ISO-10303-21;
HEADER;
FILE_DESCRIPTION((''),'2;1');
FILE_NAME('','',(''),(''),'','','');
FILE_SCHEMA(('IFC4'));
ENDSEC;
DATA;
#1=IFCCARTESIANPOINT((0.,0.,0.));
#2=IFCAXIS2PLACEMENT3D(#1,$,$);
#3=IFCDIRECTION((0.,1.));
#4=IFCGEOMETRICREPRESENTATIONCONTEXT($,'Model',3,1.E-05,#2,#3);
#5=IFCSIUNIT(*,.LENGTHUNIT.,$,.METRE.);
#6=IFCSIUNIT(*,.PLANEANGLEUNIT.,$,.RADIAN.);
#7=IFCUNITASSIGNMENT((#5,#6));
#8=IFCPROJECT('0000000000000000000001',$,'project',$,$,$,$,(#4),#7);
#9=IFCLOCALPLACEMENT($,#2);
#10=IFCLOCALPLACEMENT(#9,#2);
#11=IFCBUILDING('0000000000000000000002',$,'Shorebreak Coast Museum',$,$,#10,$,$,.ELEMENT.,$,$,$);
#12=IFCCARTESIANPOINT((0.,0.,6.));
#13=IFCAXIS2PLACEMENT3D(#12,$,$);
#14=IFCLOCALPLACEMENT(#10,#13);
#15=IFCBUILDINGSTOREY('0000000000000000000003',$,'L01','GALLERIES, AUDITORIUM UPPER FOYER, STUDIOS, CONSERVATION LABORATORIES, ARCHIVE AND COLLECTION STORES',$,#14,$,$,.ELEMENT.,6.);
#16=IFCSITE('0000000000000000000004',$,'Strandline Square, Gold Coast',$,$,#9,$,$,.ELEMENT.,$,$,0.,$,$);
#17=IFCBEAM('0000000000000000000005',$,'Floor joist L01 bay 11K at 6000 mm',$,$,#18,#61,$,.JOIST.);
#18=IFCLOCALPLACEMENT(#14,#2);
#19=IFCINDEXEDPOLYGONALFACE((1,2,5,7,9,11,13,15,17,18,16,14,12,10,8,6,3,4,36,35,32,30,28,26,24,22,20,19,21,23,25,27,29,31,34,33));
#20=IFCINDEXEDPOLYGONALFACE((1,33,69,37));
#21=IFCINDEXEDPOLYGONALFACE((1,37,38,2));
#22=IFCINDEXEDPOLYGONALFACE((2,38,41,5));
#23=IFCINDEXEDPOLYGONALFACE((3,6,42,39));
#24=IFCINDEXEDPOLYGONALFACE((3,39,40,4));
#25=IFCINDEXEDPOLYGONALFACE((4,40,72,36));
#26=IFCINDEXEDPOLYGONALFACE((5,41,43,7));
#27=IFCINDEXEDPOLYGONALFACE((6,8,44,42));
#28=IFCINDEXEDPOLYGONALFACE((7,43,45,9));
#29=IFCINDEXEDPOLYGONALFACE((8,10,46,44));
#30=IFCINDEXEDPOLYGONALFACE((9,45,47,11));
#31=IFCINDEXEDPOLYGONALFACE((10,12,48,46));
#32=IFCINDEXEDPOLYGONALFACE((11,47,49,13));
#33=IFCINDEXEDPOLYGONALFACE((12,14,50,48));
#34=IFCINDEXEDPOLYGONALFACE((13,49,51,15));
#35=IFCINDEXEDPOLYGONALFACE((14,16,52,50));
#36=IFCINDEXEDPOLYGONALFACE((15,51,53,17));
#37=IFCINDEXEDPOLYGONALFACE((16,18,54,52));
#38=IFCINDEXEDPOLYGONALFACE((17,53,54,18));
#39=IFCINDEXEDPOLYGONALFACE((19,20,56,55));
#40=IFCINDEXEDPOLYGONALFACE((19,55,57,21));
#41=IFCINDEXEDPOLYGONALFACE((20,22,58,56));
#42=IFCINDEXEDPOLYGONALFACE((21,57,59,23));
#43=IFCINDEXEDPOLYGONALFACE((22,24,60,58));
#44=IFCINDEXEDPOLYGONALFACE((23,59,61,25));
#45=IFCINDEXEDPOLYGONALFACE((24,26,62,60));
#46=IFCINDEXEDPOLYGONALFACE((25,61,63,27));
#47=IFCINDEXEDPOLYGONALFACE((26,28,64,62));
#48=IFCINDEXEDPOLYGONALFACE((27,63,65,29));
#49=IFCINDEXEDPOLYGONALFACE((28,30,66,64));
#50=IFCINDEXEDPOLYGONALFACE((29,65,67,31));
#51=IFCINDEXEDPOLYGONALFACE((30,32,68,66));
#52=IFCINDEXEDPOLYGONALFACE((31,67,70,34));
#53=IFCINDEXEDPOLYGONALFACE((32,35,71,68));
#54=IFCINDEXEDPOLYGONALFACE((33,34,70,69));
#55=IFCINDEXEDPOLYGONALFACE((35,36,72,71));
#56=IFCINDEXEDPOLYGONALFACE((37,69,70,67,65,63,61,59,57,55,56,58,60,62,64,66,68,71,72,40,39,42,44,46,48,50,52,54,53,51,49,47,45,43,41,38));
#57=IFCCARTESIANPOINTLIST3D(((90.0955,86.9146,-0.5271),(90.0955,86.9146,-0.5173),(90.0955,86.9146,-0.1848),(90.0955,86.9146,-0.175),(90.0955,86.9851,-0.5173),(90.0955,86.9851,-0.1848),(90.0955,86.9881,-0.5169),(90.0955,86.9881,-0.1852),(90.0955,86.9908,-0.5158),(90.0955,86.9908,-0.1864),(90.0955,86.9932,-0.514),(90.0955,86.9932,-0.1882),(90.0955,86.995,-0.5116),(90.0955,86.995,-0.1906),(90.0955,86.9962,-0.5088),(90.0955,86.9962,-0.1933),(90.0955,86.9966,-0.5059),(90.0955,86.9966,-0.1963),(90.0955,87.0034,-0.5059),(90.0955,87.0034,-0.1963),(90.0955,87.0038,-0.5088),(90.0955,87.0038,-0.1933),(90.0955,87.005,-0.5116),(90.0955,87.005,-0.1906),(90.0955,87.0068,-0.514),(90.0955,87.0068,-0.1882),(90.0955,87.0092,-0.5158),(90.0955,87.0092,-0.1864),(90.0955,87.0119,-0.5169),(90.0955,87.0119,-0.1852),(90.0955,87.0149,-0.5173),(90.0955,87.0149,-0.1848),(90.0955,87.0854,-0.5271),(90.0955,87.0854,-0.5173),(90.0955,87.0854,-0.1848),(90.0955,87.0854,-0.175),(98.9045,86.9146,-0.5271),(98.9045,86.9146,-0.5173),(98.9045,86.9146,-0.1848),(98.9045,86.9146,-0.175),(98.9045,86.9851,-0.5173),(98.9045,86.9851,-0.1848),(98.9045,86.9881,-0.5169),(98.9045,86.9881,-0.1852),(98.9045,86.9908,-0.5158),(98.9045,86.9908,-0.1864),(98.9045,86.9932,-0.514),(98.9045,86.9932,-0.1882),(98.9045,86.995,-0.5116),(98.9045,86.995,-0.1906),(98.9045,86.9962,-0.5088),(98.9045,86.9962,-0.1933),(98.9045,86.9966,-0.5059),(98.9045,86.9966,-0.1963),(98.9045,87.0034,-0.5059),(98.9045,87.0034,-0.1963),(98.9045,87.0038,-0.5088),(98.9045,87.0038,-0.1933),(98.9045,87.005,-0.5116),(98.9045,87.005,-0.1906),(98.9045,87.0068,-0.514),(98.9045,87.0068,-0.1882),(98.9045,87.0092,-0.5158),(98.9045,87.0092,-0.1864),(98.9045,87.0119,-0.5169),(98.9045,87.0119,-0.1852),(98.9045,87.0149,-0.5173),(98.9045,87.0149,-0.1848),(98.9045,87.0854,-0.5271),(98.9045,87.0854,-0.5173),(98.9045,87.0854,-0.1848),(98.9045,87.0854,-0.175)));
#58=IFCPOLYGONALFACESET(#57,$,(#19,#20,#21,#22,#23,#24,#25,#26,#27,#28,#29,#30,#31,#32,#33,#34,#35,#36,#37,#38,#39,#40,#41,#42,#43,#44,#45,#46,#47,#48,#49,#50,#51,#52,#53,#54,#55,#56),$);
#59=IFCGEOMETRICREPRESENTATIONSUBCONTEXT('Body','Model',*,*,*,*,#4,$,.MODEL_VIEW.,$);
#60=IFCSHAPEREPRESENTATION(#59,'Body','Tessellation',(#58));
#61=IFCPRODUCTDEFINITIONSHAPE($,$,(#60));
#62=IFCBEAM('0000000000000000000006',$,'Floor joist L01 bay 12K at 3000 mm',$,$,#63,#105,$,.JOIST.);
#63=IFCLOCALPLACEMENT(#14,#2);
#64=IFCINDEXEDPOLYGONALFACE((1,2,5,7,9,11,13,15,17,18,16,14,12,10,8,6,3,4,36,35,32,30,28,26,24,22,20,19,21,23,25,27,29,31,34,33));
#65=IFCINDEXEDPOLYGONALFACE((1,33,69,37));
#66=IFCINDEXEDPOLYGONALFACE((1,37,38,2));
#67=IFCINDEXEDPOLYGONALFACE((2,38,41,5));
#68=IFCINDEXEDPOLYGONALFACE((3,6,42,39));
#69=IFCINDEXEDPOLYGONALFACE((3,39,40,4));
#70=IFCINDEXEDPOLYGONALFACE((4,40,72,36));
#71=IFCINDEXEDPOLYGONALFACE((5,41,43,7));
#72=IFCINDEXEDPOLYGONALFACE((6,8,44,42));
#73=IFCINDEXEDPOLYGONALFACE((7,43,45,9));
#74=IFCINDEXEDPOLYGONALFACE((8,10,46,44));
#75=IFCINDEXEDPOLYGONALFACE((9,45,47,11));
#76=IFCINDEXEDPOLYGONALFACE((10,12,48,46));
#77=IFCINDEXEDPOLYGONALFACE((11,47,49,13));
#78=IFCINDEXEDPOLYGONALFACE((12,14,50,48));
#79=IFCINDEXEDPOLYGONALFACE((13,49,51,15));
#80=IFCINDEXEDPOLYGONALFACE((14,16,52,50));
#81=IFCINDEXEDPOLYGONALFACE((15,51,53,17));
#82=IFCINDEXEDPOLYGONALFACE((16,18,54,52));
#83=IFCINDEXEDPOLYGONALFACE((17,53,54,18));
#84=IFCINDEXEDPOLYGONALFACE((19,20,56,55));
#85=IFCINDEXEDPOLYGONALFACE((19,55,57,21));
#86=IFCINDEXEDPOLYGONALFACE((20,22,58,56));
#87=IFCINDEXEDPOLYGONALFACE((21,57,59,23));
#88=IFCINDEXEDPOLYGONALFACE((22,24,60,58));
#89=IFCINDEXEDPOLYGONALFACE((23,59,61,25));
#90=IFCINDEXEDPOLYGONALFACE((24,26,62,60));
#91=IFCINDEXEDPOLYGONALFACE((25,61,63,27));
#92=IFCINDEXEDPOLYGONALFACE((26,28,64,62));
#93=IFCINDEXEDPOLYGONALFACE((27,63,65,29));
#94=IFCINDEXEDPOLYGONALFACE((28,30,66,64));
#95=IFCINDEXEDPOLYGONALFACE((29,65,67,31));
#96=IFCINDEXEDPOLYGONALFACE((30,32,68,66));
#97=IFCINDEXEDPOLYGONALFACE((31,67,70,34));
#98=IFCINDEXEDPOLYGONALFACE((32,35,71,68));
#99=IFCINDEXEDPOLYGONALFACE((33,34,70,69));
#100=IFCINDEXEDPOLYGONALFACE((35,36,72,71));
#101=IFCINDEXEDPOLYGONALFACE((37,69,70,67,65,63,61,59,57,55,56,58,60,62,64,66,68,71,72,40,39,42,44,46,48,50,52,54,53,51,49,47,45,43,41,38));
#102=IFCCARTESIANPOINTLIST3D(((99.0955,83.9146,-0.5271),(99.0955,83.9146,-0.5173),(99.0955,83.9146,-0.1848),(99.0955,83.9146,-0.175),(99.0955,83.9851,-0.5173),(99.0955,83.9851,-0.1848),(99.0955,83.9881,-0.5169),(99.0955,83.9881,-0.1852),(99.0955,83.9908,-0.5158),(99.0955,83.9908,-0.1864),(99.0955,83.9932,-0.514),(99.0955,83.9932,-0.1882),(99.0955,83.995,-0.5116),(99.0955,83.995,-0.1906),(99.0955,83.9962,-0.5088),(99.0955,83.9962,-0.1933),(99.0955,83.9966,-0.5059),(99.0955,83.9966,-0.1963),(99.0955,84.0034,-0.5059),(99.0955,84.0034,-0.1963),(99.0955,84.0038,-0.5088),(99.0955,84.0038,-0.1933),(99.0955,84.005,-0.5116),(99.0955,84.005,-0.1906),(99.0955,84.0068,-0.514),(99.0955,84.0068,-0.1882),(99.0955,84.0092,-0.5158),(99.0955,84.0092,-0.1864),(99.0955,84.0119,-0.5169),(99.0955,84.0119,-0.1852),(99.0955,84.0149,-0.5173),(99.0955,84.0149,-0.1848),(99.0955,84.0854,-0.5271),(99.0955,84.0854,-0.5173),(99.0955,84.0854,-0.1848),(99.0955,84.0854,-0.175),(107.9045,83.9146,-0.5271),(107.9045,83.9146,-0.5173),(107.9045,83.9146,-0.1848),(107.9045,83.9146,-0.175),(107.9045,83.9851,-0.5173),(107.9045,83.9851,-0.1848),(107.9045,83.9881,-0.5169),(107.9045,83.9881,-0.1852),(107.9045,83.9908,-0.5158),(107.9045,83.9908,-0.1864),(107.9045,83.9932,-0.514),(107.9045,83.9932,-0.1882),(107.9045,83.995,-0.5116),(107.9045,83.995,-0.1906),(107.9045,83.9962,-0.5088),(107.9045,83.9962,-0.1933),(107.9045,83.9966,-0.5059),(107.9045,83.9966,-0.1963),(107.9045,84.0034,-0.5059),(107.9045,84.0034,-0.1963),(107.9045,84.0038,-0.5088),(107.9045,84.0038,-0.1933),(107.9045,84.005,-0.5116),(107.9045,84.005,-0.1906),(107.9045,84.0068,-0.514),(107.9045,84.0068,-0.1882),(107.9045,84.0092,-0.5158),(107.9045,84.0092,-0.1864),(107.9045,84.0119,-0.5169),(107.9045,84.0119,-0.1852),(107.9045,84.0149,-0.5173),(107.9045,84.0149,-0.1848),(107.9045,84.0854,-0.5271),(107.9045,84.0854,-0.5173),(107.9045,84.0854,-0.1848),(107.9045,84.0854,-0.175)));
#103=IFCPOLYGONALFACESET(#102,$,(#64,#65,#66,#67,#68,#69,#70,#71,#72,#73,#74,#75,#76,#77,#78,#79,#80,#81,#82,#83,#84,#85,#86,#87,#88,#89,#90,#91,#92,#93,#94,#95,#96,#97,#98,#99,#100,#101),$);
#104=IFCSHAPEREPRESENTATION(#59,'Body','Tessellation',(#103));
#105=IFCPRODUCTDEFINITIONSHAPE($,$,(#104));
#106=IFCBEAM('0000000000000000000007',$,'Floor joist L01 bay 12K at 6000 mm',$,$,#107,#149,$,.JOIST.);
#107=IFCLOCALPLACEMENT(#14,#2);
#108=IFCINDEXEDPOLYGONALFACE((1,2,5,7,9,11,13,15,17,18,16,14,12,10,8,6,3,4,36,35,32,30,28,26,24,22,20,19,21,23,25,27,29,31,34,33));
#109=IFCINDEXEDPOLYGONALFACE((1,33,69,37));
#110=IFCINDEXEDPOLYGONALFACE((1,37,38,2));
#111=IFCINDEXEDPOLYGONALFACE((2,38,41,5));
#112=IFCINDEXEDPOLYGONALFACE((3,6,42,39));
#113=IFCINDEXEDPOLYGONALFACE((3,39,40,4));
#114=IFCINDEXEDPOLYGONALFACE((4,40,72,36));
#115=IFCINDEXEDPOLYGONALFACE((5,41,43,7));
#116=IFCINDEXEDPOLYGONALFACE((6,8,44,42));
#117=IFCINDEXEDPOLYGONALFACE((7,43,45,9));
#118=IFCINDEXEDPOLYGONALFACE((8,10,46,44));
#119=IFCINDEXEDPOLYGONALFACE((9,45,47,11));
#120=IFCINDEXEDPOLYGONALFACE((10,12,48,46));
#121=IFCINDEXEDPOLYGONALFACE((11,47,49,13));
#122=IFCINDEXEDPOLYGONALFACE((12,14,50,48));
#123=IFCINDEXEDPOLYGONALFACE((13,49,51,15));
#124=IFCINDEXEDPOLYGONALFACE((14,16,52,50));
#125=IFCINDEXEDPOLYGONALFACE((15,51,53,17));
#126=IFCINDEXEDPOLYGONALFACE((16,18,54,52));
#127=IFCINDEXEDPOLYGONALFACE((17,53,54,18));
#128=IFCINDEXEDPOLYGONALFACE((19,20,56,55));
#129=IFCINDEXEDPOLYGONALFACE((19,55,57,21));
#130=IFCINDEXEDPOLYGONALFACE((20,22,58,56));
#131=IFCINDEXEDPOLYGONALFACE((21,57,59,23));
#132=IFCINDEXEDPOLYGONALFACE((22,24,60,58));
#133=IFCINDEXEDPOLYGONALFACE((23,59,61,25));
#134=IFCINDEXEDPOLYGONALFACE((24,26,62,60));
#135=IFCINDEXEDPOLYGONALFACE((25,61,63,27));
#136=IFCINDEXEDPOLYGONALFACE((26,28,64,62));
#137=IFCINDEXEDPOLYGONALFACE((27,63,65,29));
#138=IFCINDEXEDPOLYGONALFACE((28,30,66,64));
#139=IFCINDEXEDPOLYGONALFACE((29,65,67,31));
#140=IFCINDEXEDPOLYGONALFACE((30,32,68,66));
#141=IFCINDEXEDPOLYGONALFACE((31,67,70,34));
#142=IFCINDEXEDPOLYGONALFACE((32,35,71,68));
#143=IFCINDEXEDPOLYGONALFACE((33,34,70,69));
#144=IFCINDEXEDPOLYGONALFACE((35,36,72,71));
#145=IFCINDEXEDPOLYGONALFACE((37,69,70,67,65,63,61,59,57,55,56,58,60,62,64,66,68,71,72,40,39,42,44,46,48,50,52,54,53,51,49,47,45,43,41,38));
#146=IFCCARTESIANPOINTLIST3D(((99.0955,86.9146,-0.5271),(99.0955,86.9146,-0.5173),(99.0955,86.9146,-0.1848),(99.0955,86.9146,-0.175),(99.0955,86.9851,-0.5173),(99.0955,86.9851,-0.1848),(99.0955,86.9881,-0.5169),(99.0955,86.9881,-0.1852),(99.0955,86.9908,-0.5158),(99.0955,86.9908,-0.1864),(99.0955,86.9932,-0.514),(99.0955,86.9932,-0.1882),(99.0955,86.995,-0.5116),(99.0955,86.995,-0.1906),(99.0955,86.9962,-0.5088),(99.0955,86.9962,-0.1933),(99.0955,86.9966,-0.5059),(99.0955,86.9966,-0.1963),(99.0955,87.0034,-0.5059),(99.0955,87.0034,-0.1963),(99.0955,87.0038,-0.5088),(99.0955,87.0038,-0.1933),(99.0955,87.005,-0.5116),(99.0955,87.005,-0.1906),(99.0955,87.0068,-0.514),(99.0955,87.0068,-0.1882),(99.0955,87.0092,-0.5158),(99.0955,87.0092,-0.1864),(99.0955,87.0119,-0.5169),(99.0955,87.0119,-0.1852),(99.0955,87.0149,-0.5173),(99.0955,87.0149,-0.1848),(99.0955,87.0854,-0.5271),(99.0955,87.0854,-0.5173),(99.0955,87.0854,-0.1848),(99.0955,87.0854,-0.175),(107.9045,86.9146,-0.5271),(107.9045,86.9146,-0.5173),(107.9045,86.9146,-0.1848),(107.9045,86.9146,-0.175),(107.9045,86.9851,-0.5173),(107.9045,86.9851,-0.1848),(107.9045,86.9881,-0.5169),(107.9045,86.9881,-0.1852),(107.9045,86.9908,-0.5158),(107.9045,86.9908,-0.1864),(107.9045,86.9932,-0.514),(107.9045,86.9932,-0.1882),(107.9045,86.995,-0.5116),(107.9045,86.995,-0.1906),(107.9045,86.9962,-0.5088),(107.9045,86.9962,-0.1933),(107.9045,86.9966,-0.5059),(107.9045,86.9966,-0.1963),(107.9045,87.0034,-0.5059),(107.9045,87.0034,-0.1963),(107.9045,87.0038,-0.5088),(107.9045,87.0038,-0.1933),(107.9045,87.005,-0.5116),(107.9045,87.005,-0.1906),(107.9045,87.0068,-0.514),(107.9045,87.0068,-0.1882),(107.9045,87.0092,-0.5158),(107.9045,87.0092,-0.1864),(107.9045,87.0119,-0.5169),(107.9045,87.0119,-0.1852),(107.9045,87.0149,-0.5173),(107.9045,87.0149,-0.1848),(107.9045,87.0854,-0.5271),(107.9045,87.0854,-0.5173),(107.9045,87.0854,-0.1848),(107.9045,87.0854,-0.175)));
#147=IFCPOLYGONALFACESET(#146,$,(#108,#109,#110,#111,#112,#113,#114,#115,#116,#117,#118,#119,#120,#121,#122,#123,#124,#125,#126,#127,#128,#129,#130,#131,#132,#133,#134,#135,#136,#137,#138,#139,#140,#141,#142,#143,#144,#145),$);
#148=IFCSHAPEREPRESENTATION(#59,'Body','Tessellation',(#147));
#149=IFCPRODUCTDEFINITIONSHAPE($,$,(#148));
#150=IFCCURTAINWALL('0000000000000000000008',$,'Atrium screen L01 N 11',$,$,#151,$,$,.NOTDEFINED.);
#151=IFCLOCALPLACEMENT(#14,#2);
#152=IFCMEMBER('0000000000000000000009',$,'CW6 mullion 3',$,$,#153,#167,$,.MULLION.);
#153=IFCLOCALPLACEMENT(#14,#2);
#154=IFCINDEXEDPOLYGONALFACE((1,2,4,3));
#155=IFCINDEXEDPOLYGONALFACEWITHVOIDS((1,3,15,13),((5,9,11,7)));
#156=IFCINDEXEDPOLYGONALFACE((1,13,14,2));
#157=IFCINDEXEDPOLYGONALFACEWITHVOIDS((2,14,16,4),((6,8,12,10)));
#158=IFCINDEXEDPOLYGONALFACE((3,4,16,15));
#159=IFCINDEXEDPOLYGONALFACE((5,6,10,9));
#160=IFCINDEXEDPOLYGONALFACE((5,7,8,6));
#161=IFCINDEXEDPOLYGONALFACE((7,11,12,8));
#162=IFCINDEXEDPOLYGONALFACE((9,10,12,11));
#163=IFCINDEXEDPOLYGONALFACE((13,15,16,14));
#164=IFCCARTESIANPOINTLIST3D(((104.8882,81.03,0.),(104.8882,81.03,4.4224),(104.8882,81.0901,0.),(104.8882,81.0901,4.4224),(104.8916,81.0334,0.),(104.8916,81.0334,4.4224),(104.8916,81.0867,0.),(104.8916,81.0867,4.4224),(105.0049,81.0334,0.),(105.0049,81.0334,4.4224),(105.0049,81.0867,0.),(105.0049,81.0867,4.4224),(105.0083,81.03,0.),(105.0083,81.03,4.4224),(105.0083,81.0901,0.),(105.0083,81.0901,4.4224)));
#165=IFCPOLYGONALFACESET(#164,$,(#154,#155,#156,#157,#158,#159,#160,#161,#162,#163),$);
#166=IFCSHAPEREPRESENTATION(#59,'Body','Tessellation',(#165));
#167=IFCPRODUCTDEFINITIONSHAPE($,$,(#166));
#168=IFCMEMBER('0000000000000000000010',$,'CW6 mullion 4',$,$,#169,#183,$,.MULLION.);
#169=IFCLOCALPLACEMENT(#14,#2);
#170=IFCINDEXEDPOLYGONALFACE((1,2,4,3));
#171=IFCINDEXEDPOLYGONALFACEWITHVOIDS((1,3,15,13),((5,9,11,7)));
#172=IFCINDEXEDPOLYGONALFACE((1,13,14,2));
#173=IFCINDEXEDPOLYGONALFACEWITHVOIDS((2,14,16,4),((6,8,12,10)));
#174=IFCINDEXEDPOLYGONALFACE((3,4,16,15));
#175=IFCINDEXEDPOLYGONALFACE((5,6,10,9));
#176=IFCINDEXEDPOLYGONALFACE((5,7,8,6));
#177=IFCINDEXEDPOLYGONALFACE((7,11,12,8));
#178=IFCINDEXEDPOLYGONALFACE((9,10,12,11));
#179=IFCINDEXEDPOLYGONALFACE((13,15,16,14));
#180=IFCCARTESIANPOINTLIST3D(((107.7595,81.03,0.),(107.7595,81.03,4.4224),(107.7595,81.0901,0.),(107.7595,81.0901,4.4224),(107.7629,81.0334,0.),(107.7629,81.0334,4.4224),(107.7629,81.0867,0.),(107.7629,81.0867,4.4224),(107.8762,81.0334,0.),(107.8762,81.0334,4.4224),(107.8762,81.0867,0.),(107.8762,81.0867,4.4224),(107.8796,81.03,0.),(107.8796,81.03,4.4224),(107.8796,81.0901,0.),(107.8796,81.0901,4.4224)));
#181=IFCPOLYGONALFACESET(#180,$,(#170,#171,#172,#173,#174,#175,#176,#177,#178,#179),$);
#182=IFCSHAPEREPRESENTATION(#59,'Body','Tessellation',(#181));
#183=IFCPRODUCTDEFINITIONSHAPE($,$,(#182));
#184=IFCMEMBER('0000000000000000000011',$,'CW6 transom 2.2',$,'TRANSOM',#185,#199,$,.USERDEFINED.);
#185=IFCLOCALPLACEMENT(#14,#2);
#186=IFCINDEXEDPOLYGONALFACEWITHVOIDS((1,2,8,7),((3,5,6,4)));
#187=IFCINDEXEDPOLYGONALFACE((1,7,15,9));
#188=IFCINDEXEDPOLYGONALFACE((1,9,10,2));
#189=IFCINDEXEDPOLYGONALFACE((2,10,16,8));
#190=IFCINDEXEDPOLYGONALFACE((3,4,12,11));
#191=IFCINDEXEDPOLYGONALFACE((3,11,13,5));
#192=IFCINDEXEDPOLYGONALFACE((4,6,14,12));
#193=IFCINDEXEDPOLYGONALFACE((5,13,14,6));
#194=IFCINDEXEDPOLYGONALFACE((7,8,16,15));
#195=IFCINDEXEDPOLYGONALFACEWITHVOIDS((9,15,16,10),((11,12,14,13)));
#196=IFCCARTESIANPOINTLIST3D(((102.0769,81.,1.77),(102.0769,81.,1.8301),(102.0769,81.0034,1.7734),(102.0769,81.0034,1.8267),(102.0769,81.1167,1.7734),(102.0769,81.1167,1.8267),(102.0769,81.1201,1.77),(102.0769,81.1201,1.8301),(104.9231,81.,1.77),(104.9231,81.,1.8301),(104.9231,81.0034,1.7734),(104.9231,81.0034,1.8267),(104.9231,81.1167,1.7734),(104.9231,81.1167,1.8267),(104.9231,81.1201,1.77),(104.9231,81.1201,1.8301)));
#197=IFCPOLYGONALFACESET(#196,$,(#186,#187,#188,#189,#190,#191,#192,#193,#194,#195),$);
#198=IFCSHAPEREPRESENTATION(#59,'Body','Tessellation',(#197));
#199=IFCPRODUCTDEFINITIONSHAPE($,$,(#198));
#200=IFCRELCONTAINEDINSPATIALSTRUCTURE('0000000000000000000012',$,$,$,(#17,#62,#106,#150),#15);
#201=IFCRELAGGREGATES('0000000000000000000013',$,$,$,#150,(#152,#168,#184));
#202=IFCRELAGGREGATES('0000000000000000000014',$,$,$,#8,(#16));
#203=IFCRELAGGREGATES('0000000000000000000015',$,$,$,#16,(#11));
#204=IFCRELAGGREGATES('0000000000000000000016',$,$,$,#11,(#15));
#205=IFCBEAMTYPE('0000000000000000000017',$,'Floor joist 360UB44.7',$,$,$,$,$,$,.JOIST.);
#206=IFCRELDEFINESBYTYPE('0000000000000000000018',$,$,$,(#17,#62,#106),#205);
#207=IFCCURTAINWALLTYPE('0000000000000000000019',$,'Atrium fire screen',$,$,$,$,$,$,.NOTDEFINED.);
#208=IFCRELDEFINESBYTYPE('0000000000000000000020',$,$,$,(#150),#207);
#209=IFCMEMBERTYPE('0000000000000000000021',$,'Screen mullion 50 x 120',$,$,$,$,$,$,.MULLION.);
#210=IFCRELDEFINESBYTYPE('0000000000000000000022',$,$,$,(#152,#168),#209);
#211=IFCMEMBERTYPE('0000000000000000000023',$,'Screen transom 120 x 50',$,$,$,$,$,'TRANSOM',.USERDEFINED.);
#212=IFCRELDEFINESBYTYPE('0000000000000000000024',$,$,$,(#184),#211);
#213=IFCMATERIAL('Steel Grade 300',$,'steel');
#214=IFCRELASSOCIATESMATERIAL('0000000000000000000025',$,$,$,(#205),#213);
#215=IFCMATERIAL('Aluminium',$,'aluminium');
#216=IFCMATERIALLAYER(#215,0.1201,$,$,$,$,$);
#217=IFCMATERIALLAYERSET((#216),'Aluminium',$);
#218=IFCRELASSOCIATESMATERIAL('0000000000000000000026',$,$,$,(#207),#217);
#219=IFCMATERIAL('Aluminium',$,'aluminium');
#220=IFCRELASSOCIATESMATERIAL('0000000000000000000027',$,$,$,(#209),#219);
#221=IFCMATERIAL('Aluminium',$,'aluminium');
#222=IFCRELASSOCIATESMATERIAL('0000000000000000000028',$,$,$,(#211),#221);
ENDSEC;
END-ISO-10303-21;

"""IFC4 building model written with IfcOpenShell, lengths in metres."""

from ifc_helpers import new_model, si_unit, direction, frame, origin, origin_2d, place, context, subcontext, project, spatial, hollow_rectangle, i_section, extrude, material, layer, layer_set, material_profile, profile_set, type_object, element, aggregate, save


model = new_model("IFC4")

# Units and contexts
model_context = context("Model", 3, precision=1e-05, world=origin(), true_north=direction((0.0, 1.0)))
body_context = subcontext(model_context, "Body", "Model", "MODEL_VIEW")
ifc_project = project(units=[si_unit("LENGTHUNIT", "METRE"), si_unit("PLANEANGLEUNIT", "RADIAN")], contexts=[model_context])

# Site, building, storey
site_placement = place(None, origin())
site = spatial("IfcSite", under=ifc_project, at=site_placement, Name="Strandline Square, Gold Coast", CompositionType="ELEMENT", RefElevation=0.0)
building_placement = place(site_placement, origin())
building = spatial("IfcBuilding", under=site, at=building_placement, Name="Shorebreak Coast Museum", CompositionType="ELEMENT")
storey_placement = place(building_placement, frame((0.0, 0.0, 6.0)))
storey = spatial("IfcBuildingStorey", under=building, at=storey_placement, Name="L01", Description="GALLERIES, AUDITORIUM UPPER FOYER, STUDIOS, CONSERVATION LABORATORIES, ARCHIVE AND COLLECTION STORES", CompositionType="ELEMENT", Elevation=6.0)

# Beams
ifc_material_1 = material(Name="Steel Grade 300", Category="steel")
ifc_material_profile_1 = material_profile(ifc_material_1, i_section(OverallWidth=0.1709, OverallDepth=0.3521, WebThickness=0.0068, FlangeThickness=0.0098, FilletRadius=0.0115, at=origin_2d()), Name="360UB44.7")
ifc_profile_set_1 = profile_set([ifc_material_profile_1], Name="Steel Grade 300")
beam_type_1 = type_object("IfcBeamType", Name="Floor joist 360UB44.7", PredefinedType="JOIST", material=ifc_profile_set_1)
for number, where, z_axis, x_axis, name in (
    (1, (90.0955, 87.0, -0.3511), (1.0, 0.0, 0.0), (0.0, 1.0, 0.0), "Floor joist L01 bay 11K at 6000 mm"),
    (2, (99.0955, 84.0, -0.3511), (1.0, 0.0, 0.0), (0.0, 1.0, 0.0), "Floor joist L01 bay 12K at 3000 mm"),
    (3, (99.0955, 87.0, -0.3511), (1.0, 0.0, 0.0), (0.0, 1.0, 0.0), "Floor joist L01 bay 12K at 6000 mm"),
):
    element("IfcBeam", number, at=place(storey_placement, frame(where, z_axis=z_axis, x_axis=x_axis)), inside=storey, type_object=beam_type_1, Name=name, PredefinedType="JOIST", context=body_context, shape_type="SweptSolid", body=[
        extrude(i_section(OverallWidth=0.1709, OverallDepth=0.3521, WebThickness=0.0068, FlangeThickness=0.0098, FilletRadius=0.0115, at=origin_2d()), origin(), (0.0, 0.0, 1.0), 8.8091),
    ])

# Curtain wall, members
ifc_material_2 = material(Name="Aluminium", Category="aluminium")
ifc_layer_1 = layer(ifc_material_2, 0.1201)
ifc_layer_set_1 = layer_set([ifc_layer_1], Name="Aluminium")
curtain_wall_type = type_object("IfcCurtainWallType", Name="Atrium fire screen", PredefinedType="NOTDEFINED", material=ifc_layer_set_1)
curtain_wall_placement = place(storey_placement, origin())
curtain_wall = element("IfcCurtainWall", 4, at=curtain_wall_placement, inside=storey, type_object=curtain_wall_type, Name="Atrium screen L01 N 11", PredefinedType="NOTDEFINED")
ifc_material_3 = material(Name="Aluminium", Category="aluminium")
ifc_material_profile_2 = material_profile(ifc_material_3, hollow_rectangle(XDim=0.0601, YDim=0.1201, WallThickness=0.0034, at=origin_2d()), Name="AL 120x60 RHS")
ifc_profile_set_2 = profile_set([ifc_material_profile_2], Name="Aluminium")
member_type_1 = type_object("IfcMemberType", Name="Screen mullion 50 x 120", PredefinedType="MULLION", material=ifc_profile_set_2)
member_1_placement = place(storey_placement, frame((104.9482, 81.0601, 0.0), z_axis=(0.0, 0.0, 1.0), x_axis=(0.0, 1.0, 0.0)))
member_1 = element("IfcMember", 5, at=member_1_placement, type_object=member_type_1, Name="CW6 mullion 3", PredefinedType="MULLION", context=body_context, shape_type="SweptSolid", body=[
    extrude(hollow_rectangle(XDim=0.0601, YDim=0.1201, WallThickness=0.0034, at=origin_2d()), origin(), (0.0, 0.0, 1.0), 4.4224),
])
member_2_placement = place(storey_placement, frame((107.8196, 81.0601, 0.0), z_axis=(0.0, 0.0, 1.0), x_axis=(0.0, 1.0, 0.0)))
member_2 = element("IfcMember", 6, at=member_2_placement, type_object=member_type_1, Name="CW6 mullion 4", PredefinedType="MULLION", context=body_context, shape_type="SweptSolid", body=[
    extrude(hollow_rectangle(XDim=0.0601, YDim=0.1201, WallThickness=0.0034, at=origin_2d()), origin(), (0.0, 0.0, 1.0), 4.4224),
])
ifc_material_4 = material(Name="Aluminium", Category="aluminium")
ifc_material_profile_3 = material_profile(ifc_material_4, hollow_rectangle(XDim=0.1201, YDim=0.0601, WallThickness=0.0034, at=origin_2d()), Name="AL 60x120 RHS")
ifc_profile_set_3 = profile_set([ifc_material_profile_3], Name="Aluminium")
member_type_2 = type_object("IfcMemberType", Name="Screen transom 120 x 50", ElementType="TRANSOM", PredefinedType="USERDEFINED", material=ifc_profile_set_3)
member_3_placement = place(storey_placement, frame((102.0769, 81.0601, 1.8), z_axis=(1.0, 0.0, 0.0), x_axis=(0.0, 1.0, 0.0)))
member_3 = element("IfcMember", 7, at=member_3_placement, type_object=member_type_2, Name="CW6 transom 2.2", ObjectType="TRANSOM", PredefinedType="USERDEFINED", context=body_context, shape_type="SweptSolid", body=[
    extrude(hollow_rectangle(XDim=0.1201, YDim=0.0601, WallThickness=0.0034, at=origin_2d()), origin(), (0.0, 0.0, 1.0), 2.8462),
])
aggregate(curtain_wall, [member_1, member_2, member_3])

save(model, "model.ifc")
